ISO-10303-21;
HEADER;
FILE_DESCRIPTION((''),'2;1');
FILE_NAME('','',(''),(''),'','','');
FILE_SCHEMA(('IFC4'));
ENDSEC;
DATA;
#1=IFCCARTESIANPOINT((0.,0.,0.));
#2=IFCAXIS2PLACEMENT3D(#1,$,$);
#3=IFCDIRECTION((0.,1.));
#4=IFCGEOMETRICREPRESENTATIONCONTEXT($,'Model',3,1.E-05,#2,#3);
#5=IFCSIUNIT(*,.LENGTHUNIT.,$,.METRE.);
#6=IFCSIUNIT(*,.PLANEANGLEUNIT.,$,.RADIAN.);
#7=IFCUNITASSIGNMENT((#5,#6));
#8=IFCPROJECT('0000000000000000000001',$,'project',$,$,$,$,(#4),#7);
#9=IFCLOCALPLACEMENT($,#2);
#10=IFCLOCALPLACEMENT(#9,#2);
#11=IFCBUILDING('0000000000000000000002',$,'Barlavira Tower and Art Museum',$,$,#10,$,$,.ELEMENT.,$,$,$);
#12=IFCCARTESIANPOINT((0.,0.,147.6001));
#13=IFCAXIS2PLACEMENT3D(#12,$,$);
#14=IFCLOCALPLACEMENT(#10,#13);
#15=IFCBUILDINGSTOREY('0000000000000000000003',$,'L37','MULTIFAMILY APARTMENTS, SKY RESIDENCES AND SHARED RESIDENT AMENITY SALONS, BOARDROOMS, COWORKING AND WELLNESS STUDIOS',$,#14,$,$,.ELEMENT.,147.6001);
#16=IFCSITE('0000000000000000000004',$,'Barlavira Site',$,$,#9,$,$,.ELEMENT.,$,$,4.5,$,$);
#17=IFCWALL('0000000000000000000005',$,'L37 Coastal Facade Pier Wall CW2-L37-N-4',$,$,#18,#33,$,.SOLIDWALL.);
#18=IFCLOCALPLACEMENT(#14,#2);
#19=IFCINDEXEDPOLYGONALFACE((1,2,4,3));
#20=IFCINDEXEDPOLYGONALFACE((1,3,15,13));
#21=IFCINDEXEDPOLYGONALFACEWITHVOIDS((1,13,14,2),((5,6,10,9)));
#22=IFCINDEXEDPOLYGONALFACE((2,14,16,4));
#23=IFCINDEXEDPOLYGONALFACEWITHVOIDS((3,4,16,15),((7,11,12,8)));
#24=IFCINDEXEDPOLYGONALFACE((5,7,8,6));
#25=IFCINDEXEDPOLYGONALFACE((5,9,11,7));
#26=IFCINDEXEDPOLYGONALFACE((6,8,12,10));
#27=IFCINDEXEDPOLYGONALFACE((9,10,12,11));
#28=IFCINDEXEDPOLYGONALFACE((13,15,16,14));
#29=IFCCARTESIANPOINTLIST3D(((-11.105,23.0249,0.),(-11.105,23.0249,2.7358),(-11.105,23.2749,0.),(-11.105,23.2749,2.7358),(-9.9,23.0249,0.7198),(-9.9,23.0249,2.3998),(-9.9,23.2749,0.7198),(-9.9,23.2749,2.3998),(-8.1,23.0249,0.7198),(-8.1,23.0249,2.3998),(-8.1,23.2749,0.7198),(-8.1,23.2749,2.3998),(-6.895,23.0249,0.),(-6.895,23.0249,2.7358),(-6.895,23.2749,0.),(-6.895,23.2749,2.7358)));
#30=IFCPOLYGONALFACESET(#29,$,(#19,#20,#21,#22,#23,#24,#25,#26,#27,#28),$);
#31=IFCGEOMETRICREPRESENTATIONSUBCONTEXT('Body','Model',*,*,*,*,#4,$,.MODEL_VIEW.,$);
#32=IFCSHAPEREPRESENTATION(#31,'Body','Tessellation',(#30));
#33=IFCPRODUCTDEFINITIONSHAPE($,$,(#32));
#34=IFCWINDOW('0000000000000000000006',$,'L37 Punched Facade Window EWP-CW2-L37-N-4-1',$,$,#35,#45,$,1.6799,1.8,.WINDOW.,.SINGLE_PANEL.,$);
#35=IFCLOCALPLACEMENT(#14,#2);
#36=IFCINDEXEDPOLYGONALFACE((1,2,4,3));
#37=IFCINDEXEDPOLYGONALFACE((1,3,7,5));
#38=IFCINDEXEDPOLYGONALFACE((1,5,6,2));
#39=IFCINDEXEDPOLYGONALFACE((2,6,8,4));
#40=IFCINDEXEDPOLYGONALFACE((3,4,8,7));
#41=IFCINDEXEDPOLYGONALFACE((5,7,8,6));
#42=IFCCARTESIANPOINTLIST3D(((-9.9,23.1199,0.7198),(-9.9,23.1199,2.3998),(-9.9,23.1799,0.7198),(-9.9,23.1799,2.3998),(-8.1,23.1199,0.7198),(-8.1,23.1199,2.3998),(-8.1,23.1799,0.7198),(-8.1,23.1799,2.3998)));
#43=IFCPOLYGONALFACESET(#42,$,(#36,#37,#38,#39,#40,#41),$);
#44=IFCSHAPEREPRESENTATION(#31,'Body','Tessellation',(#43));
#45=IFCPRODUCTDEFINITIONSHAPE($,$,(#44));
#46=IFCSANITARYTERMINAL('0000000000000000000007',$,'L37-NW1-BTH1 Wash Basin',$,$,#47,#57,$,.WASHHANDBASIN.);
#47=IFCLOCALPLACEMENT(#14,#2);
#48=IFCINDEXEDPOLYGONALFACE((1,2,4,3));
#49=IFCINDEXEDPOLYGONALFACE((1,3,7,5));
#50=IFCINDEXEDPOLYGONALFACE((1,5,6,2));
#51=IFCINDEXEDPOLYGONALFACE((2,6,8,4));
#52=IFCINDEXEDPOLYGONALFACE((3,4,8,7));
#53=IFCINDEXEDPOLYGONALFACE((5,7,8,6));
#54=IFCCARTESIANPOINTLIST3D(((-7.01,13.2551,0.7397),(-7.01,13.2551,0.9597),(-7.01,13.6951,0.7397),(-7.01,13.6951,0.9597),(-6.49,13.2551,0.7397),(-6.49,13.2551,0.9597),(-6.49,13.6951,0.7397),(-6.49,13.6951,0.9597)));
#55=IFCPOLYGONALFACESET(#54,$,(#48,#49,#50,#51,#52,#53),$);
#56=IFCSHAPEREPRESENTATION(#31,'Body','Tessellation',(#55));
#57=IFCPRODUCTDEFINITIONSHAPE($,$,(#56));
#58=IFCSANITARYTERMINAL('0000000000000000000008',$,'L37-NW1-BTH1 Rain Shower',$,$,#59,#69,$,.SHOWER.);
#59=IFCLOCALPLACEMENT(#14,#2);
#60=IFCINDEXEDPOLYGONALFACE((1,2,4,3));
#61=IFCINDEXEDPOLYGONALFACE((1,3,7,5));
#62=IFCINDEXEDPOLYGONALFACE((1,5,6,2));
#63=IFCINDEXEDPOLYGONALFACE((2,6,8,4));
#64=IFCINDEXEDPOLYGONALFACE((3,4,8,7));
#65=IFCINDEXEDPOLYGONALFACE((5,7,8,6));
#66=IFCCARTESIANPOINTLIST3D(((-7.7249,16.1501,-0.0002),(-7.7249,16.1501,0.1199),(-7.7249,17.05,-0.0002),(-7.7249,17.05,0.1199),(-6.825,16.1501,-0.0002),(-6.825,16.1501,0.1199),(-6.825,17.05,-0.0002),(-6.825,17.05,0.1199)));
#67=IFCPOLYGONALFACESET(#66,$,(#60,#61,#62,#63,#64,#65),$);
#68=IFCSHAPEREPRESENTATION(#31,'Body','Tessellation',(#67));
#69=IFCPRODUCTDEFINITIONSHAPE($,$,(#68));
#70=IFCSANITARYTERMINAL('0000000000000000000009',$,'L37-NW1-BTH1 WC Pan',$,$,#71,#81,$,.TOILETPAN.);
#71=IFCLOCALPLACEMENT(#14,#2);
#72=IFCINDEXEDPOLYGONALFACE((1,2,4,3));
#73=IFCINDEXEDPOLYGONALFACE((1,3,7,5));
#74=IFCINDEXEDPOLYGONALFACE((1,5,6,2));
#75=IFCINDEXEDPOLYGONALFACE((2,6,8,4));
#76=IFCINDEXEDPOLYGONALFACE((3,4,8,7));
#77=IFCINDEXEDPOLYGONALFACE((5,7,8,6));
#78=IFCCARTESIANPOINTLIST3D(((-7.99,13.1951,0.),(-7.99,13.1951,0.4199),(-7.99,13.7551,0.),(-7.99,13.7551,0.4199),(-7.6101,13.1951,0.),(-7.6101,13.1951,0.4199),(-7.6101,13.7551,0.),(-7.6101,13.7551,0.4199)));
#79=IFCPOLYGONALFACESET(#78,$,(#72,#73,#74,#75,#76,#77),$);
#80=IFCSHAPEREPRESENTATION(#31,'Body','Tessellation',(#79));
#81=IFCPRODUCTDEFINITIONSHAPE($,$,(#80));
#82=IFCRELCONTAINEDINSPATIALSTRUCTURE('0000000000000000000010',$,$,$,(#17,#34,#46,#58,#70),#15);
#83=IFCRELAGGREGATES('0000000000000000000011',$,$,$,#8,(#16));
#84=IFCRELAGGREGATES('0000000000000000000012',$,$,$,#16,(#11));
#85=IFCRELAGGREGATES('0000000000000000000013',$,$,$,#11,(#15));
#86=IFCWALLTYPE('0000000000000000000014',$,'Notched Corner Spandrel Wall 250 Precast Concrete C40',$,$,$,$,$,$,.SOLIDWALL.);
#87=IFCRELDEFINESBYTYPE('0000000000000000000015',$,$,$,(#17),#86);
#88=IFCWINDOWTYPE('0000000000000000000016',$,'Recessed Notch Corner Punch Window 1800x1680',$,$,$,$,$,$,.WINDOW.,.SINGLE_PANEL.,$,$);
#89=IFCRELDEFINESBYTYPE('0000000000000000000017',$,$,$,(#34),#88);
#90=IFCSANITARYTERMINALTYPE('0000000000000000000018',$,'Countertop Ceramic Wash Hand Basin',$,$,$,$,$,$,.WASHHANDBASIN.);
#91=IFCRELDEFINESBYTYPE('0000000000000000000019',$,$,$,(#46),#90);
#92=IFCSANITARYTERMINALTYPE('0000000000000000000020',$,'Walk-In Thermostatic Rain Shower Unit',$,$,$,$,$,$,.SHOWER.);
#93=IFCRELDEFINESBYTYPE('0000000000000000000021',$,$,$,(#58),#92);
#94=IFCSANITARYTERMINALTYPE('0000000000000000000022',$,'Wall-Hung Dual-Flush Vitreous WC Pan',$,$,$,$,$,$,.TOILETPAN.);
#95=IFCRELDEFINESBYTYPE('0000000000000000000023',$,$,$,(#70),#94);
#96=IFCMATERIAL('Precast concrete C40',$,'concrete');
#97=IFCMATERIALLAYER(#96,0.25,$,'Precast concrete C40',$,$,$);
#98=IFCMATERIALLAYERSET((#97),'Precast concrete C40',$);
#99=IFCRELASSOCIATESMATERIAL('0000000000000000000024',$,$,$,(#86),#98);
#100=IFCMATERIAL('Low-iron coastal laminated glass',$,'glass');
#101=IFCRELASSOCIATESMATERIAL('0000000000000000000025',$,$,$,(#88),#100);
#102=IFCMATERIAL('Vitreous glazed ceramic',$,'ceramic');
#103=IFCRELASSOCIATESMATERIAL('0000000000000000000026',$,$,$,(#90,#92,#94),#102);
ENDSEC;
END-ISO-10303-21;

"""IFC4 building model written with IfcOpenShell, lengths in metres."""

from ifc_helpers import new_model, si_unit, direction, frame, frame_2d, origin, origin_2d, place, context, subcontext, project, spatial, rectangle, extrude, material, layer, layer_set, type_object, element, fill, save


model = new_model("IFC4")

# Units and contexts
model_context = context("Model", 3, precision=1e-05, world=origin(), true_north=direction((0.0, 1.0)))
body_context = subcontext(model_context, "Body", "Model", "MODEL_VIEW")
ifc_project = project(units=[si_unit("LENGTHUNIT", "METRE"), si_unit("PLANEANGLEUNIT", "RADIAN")], contexts=[model_context])

# Site, building, storey
site_placement = place(None, origin())
site = spatial("IfcSite", under=ifc_project, at=site_placement, Name="Barlavira Site", CompositionType="ELEMENT", RefElevation=4.5)
building_placement = place(site_placement, origin())
building = spatial("IfcBuilding", under=site, at=building_placement, Name="Barlavira Tower and Art Museum", CompositionType="ELEMENT")
storey_placement = place(building_placement, frame((0.0, 0.0, 147.6001)))
storey = spatial("IfcBuildingStorey", under=building, at=storey_placement, Name="L37", Description="MULTIFAMILY APARTMENTS, SKY RESIDENCES AND SHARED RESIDENT AMENITY SALONS, BOARDROOMS, COWORKING AND WELLNESS STUDIOS", CompositionType="ELEMENT", Elevation=147.6001)

# Shared definitions
ifc_material_1 = material(Name="Low-iron coastal laminated glass", Category="glass")

# Wall, opening, window
ifc_material_2 = material(Name="Precast concrete C40", Category="concrete")
ifc_layer_1 = layer(ifc_material_2, 0.25, Name="Precast concrete C40")
ifc_layer_set_1 = layer_set([ifc_layer_1], Name="Precast concrete C40")
wall_type_1 = type_object("IfcWallType", Name="Notched Corner Spandrel Wall 250 Precast Concrete C40", PredefinedType="SOLIDWALL", material=ifc_layer_set_1)
wall_1_placement = place(storey_placement, frame((-6.895, 23.1499, 0.0), z_axis=(0.0, 0.0, 1.0), x_axis=(-1.0, 0.0, 0.0)))
wall_1 = element("IfcWall", 1, at=wall_1_placement, inside=storey, type_object=wall_type_1, Name="L37 Coastal Facade Pier Wall CW2-L37-N-4", PredefinedType="SOLIDWALL", context=body_context, shape_type="SweptSolid", body=[
    extrude(rectangle(XDim=4.21, YDim=0.25, at=frame_2d((2.105, 0.0))), origin(), (0.0, 0.0, 1.0), 2.7358),
])
opening_1_placement = place(wall_1_placement, frame((1.2051, 0.0, 0.72)))
opening_1 = element("IfcOpeningElement", 2, at=opening_1_placement, cuts=wall_1, PredefinedType="OPENING", context=body_context, shape_type="SweptSolid", body=[
    extrude(rectangle(XDim=1.8, YDim=1.6799, at=frame_2d((0.8999, 0.8398))), frame((0.0, 0.135, 0.0), z_axis=(0.0, -1.0, 0.0), x_axis=(1.0, 0.0, 0.0)), (0.0, 0.0, 1.0), 0.27),
])
window_type = type_object("IfcWindowType", Name="Recessed Notch Corner Punch Window 1800x1680", PartitioningType="SINGLE_PANEL", PredefinedType="WINDOW", material=ifc_material_1)
window_placement = place(opening_1_placement, origin())
window = element("IfcWindow", 3, at=window_placement, inside=storey, type_object=window_type, Name="L37 Punched Facade Window EWP-CW2-L37-N-4-1", OverallHeight=1.6799, OverallWidth=1.8, PartitioningType="SINGLE_PANEL", PredefinedType="WINDOW", context=body_context, shape_type="SweptSolid", body=[
    extrude(rectangle(XDim=1.8, YDim=1.6799, at=frame_2d((0.8999, 0.8398))), frame((0.0, 0.03, 0.0), z_axis=(0.0, -1.0, 0.0), x_axis=(1.0, 0.0, 0.0)), (0.0, 0.0, 1.0), 0.0601),
])
fill(opening_1, window)

# Sanitary terminals
ifc_material_3 = material(Name="Vitreous glazed ceramic", Category="ceramic")
sanitary_terminal_type_1 = type_object("IfcSanitaryTerminalType", Name="Countertop Ceramic Wash Hand Basin", PredefinedType="WASHHANDBASIN", material=ifc_material_3)
sanitary_terminal_1_placement = place(storey_placement, frame((-6.75, 13.4751, 0.7397), z_axis=(0.0, 0.0, 1.0), x_axis=(1.0, 0.0, 0.0)))
element("IfcSanitaryTerminal", 4, at=sanitary_terminal_1_placement, inside=storey, type_object=sanitary_terminal_type_1, Name="L37-NW1-BTH1 Wash Basin", PredefinedType="WASHHANDBASIN", context=body_context, shape_type="SweptSolid", body=[
    extrude(rectangle(XDim=0.52, YDim=0.4399, at=origin_2d()), origin(), (0.0, 0.0, 1.0), 0.22),
])
sanitary_terminal_type_2 = type_object("IfcSanitaryTerminalType", Name="Walk-In Thermostatic Rain Shower Unit", PredefinedType="SHOWER", material=ifc_material_3)
sanitary_terminal_2_placement = place(storey_placement, frame((-7.2749, 16.6001, -0.0002), z_axis=(0.0, 0.0, 1.0), x_axis=(1.0, 0.0, 0.0)))
element("IfcSanitaryTerminal", 5, at=sanitary_terminal_2_placement, inside=storey, type_object=sanitary_terminal_type_2, Name="L37-NW1-BTH1 Rain Shower", PredefinedType="SHOWER", context=body_context, shape_type="SweptSolid", body=[
    extrude(rectangle(XDim=0.8999, YDim=0.8999, at=origin_2d()), origin(), (0.0, 0.0, 1.0), 0.1201),
])
sanitary_terminal_type_3 = type_object("IfcSanitaryTerminalType", Name="Wall-Hung Dual-Flush Vitreous WC Pan", PredefinedType="TOILETPAN", material=ifc_material_3)
sanitary_terminal_3_placement = place(storey_placement, frame((-7.8, 13.4751, 0.0), z_axis=(0.0, 0.0, 1.0), x_axis=(1.0, 0.0, 0.0)))
element("IfcSanitaryTerminal", 6, at=sanitary_terminal_3_placement, inside=storey, type_object=sanitary_terminal_type_3, Name="L37-NW1-BTH1 WC Pan", PredefinedType="TOILETPAN", context=body_context, shape_type="SweptSolid", body=[
    extrude(rectangle(XDim=0.3799, YDim=0.5601, at=origin_2d()), origin(), (0.0, 0.0, 1.0), 0.4199),
])

save(model, "model.ifc")
